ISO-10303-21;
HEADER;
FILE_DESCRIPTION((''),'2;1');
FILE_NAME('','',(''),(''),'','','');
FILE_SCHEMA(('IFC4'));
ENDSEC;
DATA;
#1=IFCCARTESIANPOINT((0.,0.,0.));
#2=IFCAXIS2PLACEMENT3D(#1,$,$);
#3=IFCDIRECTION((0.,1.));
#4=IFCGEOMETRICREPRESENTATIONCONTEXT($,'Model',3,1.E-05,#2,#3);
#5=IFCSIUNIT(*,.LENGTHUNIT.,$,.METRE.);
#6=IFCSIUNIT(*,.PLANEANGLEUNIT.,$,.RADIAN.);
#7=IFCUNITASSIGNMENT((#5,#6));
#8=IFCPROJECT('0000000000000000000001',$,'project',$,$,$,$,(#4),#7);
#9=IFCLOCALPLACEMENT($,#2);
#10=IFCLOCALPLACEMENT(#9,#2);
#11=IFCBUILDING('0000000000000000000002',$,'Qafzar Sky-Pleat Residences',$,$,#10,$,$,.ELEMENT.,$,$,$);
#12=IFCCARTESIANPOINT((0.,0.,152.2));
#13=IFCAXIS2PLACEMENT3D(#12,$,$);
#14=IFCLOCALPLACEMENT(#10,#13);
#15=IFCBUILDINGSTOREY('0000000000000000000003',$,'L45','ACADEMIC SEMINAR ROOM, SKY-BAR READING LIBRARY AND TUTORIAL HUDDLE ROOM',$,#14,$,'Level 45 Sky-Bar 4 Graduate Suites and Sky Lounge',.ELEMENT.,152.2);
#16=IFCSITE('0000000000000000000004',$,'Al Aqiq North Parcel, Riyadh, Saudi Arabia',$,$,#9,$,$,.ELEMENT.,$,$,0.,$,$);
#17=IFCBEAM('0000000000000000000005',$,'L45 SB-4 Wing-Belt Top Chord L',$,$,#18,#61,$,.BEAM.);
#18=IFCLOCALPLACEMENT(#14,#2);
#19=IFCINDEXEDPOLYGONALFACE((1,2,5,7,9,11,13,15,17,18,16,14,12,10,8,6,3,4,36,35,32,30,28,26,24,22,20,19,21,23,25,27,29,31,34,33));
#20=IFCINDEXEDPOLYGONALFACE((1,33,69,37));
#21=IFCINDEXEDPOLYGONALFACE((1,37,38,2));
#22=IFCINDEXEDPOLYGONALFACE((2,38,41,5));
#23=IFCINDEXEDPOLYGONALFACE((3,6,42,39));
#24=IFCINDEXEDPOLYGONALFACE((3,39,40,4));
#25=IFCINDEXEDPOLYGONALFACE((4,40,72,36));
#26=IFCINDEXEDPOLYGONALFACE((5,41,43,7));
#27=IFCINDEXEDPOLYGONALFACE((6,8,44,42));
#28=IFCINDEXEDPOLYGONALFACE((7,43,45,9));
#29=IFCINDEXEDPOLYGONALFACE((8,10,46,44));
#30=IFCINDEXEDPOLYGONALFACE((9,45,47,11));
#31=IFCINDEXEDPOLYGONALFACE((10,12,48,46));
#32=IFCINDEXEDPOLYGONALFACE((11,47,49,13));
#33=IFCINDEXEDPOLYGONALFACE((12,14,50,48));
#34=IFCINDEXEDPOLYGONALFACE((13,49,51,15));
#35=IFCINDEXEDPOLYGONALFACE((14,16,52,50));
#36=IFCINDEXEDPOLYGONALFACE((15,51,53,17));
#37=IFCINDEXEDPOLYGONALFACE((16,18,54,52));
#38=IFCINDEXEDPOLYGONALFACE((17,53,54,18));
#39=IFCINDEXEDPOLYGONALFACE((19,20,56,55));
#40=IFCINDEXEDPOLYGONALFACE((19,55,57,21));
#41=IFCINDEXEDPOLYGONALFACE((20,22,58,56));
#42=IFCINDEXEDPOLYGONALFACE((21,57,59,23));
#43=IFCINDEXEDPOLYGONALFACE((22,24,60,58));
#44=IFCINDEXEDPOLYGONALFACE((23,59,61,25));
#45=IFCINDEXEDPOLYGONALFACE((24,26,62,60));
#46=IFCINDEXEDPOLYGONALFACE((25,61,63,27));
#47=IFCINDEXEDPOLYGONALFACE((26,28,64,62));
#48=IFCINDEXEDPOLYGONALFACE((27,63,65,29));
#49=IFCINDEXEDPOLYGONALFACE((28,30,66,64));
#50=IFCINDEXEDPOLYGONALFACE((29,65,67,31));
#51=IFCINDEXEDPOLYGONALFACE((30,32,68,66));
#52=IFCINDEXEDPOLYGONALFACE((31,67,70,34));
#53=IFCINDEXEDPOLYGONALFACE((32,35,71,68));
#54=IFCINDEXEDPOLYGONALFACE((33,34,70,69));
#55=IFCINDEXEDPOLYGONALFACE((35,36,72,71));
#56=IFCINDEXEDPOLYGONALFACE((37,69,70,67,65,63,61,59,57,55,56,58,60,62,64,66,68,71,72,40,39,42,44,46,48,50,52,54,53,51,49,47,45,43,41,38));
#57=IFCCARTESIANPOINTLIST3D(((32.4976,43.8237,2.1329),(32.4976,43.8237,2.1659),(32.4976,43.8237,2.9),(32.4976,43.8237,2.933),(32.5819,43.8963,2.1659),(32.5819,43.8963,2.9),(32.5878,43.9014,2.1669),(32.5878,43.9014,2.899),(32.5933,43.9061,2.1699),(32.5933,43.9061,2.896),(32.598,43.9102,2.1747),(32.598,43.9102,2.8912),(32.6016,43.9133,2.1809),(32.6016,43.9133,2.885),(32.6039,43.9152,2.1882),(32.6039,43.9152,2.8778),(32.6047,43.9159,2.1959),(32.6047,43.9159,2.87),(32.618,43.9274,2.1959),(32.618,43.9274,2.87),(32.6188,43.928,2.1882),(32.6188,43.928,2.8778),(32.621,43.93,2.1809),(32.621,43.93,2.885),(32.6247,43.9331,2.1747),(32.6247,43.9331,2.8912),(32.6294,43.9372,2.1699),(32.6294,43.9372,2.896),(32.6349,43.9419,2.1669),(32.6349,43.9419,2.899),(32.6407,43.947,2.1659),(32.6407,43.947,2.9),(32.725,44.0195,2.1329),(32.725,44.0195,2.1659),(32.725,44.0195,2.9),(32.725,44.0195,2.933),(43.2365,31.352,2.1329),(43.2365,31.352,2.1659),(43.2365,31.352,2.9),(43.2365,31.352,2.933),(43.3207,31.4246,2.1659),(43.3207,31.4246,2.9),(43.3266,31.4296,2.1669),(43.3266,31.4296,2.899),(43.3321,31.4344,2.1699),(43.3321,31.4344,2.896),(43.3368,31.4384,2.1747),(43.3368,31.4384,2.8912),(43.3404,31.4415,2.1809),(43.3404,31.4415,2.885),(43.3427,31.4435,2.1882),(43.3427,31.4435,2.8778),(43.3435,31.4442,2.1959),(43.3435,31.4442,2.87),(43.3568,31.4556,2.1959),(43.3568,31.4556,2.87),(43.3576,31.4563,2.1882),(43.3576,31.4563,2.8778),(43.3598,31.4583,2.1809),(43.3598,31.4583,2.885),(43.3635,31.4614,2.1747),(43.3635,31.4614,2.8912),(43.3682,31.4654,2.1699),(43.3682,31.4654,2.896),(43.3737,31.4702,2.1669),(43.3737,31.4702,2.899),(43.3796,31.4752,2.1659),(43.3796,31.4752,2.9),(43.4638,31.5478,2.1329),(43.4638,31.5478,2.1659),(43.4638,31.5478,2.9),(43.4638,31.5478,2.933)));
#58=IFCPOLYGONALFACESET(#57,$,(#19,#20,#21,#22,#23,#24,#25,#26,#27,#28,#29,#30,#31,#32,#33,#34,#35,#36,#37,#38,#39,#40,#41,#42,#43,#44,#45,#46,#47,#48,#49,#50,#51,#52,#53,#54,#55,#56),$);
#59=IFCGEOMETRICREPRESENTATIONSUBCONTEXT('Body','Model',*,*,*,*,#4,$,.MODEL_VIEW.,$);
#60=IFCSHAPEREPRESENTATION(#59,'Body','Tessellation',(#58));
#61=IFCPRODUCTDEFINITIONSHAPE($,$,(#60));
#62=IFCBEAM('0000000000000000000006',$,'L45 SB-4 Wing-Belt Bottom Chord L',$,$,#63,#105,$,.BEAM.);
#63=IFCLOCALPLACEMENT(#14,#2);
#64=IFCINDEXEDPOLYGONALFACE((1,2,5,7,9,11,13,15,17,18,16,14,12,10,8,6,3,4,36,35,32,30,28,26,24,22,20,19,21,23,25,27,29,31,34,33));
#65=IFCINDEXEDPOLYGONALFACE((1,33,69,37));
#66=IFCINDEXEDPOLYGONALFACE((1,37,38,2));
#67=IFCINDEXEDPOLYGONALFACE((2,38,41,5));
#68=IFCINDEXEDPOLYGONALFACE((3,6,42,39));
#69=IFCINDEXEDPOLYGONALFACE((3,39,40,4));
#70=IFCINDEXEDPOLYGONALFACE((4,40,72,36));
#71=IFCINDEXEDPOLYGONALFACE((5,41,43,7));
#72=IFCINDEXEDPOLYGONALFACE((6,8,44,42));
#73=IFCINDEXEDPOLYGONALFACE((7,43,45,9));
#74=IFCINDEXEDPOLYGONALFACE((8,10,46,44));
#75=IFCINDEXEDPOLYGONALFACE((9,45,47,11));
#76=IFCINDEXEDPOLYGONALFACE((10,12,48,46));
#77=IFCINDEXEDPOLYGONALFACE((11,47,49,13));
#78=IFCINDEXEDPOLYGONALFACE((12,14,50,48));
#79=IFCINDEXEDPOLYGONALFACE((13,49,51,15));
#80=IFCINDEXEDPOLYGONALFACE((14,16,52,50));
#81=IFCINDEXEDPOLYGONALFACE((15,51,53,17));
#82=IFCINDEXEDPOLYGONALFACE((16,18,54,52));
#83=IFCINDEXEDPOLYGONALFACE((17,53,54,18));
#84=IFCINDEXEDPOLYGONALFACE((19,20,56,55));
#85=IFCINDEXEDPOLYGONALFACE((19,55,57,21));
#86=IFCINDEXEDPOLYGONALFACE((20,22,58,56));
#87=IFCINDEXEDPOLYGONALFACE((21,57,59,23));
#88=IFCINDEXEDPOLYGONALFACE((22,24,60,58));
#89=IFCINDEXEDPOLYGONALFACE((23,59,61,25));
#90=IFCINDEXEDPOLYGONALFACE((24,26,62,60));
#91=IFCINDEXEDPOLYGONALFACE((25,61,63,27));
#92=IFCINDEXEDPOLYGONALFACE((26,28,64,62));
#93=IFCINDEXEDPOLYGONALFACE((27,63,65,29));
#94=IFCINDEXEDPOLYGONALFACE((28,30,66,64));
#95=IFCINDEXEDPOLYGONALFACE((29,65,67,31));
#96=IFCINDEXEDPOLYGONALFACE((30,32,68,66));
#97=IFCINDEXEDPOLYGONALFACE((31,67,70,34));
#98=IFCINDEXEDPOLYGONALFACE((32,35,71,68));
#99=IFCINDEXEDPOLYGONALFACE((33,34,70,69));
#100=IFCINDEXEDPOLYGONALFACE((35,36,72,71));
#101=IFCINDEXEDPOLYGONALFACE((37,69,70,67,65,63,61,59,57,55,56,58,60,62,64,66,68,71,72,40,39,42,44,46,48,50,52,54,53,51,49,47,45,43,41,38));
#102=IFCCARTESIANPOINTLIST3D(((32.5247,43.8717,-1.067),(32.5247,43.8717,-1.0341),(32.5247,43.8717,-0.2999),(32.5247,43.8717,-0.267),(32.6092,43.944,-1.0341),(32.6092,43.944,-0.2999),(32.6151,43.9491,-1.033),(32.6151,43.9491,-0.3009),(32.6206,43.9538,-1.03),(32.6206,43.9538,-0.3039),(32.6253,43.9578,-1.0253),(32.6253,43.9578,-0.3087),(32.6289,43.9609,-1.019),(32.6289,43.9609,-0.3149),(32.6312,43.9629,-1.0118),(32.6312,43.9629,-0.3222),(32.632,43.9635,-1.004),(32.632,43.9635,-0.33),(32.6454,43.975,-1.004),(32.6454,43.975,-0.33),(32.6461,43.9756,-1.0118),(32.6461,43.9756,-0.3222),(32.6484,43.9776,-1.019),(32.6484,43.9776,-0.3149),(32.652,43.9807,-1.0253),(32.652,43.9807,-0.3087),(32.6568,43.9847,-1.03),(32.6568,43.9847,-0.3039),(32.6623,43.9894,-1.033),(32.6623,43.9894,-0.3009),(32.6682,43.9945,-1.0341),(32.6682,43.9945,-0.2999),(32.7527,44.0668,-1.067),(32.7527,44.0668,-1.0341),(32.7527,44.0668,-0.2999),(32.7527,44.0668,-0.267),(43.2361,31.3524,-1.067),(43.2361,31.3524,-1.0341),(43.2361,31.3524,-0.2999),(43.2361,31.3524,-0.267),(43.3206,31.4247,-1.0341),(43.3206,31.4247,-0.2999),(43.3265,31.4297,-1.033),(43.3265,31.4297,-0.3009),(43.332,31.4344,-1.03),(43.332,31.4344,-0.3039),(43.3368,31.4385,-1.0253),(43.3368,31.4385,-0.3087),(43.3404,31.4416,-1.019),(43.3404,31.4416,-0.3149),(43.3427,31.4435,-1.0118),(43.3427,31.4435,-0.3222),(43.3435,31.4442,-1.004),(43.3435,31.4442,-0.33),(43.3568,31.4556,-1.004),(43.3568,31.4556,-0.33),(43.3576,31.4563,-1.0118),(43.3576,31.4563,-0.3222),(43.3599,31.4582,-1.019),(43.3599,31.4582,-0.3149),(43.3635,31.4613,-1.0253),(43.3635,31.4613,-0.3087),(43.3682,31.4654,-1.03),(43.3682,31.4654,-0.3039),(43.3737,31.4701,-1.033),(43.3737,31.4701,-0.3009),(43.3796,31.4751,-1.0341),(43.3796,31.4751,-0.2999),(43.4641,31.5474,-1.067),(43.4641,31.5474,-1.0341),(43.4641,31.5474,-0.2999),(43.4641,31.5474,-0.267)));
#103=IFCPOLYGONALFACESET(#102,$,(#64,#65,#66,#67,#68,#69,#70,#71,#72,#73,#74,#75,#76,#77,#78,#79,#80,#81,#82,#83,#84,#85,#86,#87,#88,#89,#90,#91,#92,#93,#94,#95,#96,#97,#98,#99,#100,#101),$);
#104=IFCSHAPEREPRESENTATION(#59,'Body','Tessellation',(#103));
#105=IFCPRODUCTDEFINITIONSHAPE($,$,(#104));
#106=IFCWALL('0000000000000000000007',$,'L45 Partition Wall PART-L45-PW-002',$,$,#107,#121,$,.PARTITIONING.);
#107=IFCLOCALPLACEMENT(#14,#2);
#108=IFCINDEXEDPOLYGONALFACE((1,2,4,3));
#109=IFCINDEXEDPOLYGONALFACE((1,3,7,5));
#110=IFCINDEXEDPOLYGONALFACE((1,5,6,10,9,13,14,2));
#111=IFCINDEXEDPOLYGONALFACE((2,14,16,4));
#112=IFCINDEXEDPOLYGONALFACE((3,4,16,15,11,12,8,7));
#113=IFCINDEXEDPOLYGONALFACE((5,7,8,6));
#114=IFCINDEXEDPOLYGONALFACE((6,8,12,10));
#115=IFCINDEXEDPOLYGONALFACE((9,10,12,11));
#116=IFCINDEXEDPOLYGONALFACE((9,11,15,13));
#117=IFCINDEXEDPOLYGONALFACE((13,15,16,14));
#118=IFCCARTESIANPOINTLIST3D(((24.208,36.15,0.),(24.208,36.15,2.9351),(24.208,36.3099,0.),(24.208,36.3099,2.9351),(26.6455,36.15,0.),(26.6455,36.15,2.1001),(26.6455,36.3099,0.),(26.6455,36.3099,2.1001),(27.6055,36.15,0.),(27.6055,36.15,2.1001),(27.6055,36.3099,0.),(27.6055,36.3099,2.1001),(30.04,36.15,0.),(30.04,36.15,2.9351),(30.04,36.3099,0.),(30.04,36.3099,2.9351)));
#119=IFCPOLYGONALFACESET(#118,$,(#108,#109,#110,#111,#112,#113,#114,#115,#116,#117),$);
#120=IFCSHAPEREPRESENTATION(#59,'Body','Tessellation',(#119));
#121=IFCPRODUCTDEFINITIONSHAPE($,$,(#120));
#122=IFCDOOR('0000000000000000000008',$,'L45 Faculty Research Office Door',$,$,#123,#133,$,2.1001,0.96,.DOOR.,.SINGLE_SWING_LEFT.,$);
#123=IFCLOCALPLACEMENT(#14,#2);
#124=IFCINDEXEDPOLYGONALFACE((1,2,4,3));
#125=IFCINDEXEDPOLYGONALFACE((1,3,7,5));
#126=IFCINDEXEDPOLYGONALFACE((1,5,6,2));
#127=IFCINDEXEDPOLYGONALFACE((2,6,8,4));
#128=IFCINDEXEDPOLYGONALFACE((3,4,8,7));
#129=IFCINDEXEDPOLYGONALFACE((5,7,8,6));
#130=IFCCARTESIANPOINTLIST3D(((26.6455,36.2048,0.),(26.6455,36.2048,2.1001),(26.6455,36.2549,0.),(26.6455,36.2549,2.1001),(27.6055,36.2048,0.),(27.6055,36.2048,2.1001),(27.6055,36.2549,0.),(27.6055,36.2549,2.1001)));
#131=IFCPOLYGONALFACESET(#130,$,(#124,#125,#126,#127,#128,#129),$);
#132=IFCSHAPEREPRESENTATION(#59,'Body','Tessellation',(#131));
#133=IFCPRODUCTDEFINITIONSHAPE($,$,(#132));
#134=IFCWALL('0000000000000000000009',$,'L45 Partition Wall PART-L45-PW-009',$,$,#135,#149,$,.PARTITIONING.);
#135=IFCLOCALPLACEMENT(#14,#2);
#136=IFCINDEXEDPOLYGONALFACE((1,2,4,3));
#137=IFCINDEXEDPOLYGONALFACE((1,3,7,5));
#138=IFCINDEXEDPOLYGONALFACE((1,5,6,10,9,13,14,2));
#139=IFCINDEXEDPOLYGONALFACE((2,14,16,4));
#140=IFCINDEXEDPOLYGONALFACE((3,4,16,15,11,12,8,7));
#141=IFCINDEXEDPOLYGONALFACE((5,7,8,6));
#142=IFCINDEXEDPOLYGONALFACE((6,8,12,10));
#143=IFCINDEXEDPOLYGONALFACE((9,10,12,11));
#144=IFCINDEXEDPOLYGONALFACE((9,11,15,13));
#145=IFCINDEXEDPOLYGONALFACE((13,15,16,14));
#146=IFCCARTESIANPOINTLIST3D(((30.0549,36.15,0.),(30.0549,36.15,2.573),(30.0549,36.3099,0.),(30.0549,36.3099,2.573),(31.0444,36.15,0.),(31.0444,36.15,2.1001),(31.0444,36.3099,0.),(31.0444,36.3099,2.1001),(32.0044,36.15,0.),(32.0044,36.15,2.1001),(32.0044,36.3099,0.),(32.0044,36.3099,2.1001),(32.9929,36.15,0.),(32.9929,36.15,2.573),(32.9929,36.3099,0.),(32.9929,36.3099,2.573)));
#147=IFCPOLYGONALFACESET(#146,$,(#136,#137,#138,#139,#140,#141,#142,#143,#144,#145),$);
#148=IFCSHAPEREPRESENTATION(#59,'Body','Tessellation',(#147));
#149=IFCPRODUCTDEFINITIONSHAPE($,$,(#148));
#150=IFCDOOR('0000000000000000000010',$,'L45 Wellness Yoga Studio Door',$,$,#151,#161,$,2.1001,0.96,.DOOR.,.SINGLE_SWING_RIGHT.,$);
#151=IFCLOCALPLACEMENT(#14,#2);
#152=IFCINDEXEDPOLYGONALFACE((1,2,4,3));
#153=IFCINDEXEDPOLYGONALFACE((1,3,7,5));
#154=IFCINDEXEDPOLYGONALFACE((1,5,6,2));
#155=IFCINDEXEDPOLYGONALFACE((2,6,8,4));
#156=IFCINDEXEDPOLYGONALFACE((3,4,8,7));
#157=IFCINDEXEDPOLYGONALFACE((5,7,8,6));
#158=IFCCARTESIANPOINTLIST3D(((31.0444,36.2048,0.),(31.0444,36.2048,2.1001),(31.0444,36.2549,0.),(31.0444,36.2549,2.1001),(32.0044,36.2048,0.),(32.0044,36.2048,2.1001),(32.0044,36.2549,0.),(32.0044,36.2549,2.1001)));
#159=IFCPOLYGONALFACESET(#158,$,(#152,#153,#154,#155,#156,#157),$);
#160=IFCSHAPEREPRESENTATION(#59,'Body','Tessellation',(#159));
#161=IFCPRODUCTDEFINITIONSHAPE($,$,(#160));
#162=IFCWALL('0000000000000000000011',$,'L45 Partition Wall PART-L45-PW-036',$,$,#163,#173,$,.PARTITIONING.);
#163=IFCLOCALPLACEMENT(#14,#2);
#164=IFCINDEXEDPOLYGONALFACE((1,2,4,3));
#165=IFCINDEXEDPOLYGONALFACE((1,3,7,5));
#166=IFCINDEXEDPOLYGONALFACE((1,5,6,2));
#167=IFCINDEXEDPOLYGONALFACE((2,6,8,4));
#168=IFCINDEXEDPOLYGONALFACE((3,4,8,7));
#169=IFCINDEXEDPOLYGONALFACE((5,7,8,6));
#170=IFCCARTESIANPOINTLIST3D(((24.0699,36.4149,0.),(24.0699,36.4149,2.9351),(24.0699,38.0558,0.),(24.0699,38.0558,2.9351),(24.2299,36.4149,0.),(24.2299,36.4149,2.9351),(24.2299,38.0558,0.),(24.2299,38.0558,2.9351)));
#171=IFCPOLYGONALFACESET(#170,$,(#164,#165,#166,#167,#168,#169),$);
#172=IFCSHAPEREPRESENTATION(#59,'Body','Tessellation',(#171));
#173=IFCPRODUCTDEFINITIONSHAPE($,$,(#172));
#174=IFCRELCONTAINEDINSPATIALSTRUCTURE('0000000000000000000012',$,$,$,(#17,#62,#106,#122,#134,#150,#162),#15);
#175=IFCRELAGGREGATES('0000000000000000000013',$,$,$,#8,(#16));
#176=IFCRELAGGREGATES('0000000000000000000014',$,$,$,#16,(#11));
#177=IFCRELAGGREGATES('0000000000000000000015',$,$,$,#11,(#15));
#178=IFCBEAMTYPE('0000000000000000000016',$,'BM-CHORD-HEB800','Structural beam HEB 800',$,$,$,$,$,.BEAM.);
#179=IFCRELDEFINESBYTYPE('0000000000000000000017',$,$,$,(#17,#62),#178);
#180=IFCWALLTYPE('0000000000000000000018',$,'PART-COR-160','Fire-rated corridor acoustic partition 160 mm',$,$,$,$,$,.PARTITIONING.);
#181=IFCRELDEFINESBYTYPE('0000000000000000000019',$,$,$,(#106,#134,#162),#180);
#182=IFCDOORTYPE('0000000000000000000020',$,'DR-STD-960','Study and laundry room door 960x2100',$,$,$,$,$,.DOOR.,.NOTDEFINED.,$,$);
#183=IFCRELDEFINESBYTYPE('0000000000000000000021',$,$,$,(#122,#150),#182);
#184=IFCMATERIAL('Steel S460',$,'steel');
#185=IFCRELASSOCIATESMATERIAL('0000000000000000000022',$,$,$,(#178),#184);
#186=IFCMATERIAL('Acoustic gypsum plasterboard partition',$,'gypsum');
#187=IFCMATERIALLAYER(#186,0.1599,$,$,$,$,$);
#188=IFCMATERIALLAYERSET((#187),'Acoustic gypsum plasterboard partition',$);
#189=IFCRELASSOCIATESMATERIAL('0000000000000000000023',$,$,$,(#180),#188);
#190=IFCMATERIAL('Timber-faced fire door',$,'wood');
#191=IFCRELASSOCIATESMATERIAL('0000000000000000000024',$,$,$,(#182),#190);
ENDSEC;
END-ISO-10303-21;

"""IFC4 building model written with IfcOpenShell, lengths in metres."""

from ifc_helpers import new_model, si_unit, direction, frame, frame_2d, origin, origin_2d, place, context, subcontext, project, spatial, rectangle, i_section, extrude, source, transform, mapped, material, layer, layer_set, material_profile, profile_set, type_object, element, fill, save


model = new_model("IFC4")

# Units and contexts
model_context = context("Model", 3, precision=1e-05, world=origin(), true_north=direction((0.0, 1.0)))
body_context = subcontext(model_context, "Body", "Model", "MODEL_VIEW")
ifc_project = project(units=[si_unit("LENGTHUNIT", "METRE"), si_unit("PLANEANGLEUNIT", "RADIAN")], contexts=[model_context])

# Site, building, storey
site_placement = place(None, origin())
site = spatial("IfcSite", under=ifc_project, at=site_placement, Name="Al Aqiq North Parcel, Riyadh, Saudi Arabia", CompositionType="ELEMENT", RefElevation=0.0)
building_placement = place(site_placement, origin())
building = spatial("IfcBuilding", under=site, at=building_placement, Name="Qafzar Sky-Pleat Residences", CompositionType="ELEMENT")
storey_placement = place(building_placement, frame((0.0, 0.0, 152.2)))
storey = spatial("IfcBuildingStorey", under=building, at=storey_placement, Name="L45", Description="ACADEMIC SEMINAR ROOM, SKY-BAR READING LIBRARY AND TUTORIAL HUDDLE ROOM", LongName="Level 45 Sky-Bar 4 Graduate Suites and Sky Lounge", CompositionType="ELEMENT", Elevation=152.2)

# Beams
ifc_material_1 = material(Name="Steel S460", Category="steel")
ifc_material_profile_1 = material_profile(ifc_material_1, i_section(OverallWidth=0.3, OverallDepth=0.8, WebThickness=0.0176, FlangeThickness=0.033, FilletRadius=0.03, at=origin_2d()), Name="HEB 800")
ifc_profile_set_1 = profile_set([ifc_material_profile_1], Name="Steel S460")
beam_type_1 = type_object("IfcBeamType", Name="BM-CHORD-HEB800", Description="Structural beam HEB 800", PredefinedType="BEAM", material=ifc_profile_set_1)
shared_shape_1 = source(origin(), body_context, "Body", "SweptSolid", [
    extrude(i_section(OverallWidth=0.3, OverallDepth=0.8, WebThickness=0.0176, FlangeThickness=0.033, FilletRadius=0.03, at=origin_2d()), origin(), (0.0, 0.0, 1.0), 16.458),
])
beam_1_placement = place(storey_placement, frame((32.6113, 43.9216, 2.533), z_axis=(0.652498, -0.757791, 0.0), x_axis=(0.757791, 0.652498, 0.0)))
element("IfcBeam", 1, at=beam_1_placement, inside=storey, type_object=beam_type_1, Name="L45 SB-4 Wing-Belt Top Chord L", PredefinedType="BEAM", context=body_context, shape_type="MappedRepresentation", body=[
    mapped(shared_shape_1, transform((0.0, 0.0, 0.0), x_axis=(1.0, 0.0, 0.0), y_axis=(0.0, 1.0, 0.0), z_axis=(0.0, 0.0, 1.0), scale=1.0)),
])
shared_shape_2 = source(origin(), body_context, "Body", "SweptSolid", [
    extrude(i_section(OverallWidth=0.3, OverallDepth=0.8, WebThickness=0.0176, FlangeThickness=0.033, FilletRadius=0.03, at=origin_2d()), origin(), (0.0, 0.0, 1.0), 16.4763),
])
beam_2_placement = place(storey_placement, frame((32.6387, 43.9692, -0.667), z_axis=(0.650113, -0.759838, 0.0), x_axis=(0.759838, 0.650113, 0.0)))
element("IfcBeam", 2, at=beam_2_placement, inside=storey, type_object=beam_type_1, Name="L45 SB-4 Wing-Belt Bottom Chord L", PredefinedType="BEAM", context=body_context, shape_type="MappedRepresentation", body=[
    mapped(shared_shape_2, transform((0.0, 0.0, 0.0), x_axis=(1.0, 0.0, 0.0), y_axis=(0.0, 1.0, 0.0), z_axis=(0.0, 0.0, 1.0), scale=1.0)),
])

# Walls, openings, doors
ifc_material_2 = material(Name="Acoustic gypsum plasterboard partition", Category="gypsum")
ifc_layer_1 = layer(ifc_material_2, 0.1599)
ifc_layer_set_1 = layer_set([ifc_layer_1], Name="Acoustic gypsum plasterboard partition")
wall_type_1 = type_object("IfcWallType", Name="PART-COR-160", Description="Fire-rated corridor acoustic partition 160 mm", PredefinedType="PARTITIONING", material=ifc_layer_set_1)
wall_1_placement = place(storey_placement, frame((24.208, 36.23, 0.0), z_axis=(0.0, 0.0, 1.0), x_axis=(1.0, 0.0, 0.0)))
wall_1 = element("IfcWall", 3, at=wall_1_placement, inside=storey, type_object=wall_type_1, Name="L45 Partition Wall PART-L45-PW-002", PredefinedType="PARTITIONING", context=body_context, shape_type="SweptSolid", body=[
    extrude(rectangle(XDim=5.832, YDim=0.1599, at=frame_2d((2.916, 0.0))), origin(), (0.0, 0.0, 1.0), 2.9351),
])
opening_1_placement = place(wall_1_placement, frame((2.4375, 0.0, 0.0)))
opening_1 = element("IfcOpeningElement", 4, at=opening_1_placement, cuts=wall_1, PredefinedType="OPENING", context=body_context, shape_type="SweptSolid", body=[
    extrude(rectangle(XDim=0.96, YDim=2.1001, at=frame_2d((0.48, 1.05))), frame((0.0, 0.0898, 0.0), z_axis=(0.0, -1.0, 0.0), x_axis=(1.0, 0.0, 0.0)), (0.0, 0.0, 1.0), 0.1799),
])
ifc_material_3 = material(Name="Timber-faced fire door", Category="wood")
door_type_1 = type_object("IfcDoorType", Name="DR-STD-960", Description="Study and laundry room door 960x2100", OperationType="NOTDEFINED", PredefinedType="DOOR", material=ifc_material_3)
shared_shape_3 = source(origin(), body_context, "Body", "SweptSolid", [
    extrude(rectangle(XDim=0.96, YDim=2.1001, at=frame_2d((0.48, 1.05))), frame((0.0, 0.0249, 0.0), z_axis=(0.0, -1.0, 0.0), x_axis=(1.0, 0.0, 0.0)), (0.0, 0.0, 1.0), 0.05),
])
door_1_placement = place(opening_1_placement, origin())
door_1 = element("IfcDoor", 5, at=door_1_placement, inside=storey, type_object=door_type_1, Name="L45 Faculty Research Office Door", OperationType="SINGLE_SWING_LEFT", OverallHeight=2.1001, OverallWidth=0.96, PredefinedType="DOOR", context=body_context, shape_type="MappedRepresentation", body=[
    mapped(shared_shape_3, transform((0.0, 0.0, 0.0), x_axis=(1.0, 0.0, 0.0), y_axis=(0.0, 1.0, 0.0), z_axis=(0.0, 0.0, 1.0), scale=1.0)),
])
fill(opening_1, door_1)
wall_2_placement = place(storey_placement, frame((30.0549, 36.23, 0.0), z_axis=(0.0, 0.0, 1.0), x_axis=(1.0, 0.0, 0.0)))
wall_2 = element("IfcWall", 6, at=wall_2_placement, inside=storey, type_object=wall_type_1, Name="L45 Partition Wall PART-L45-PW-009", PredefinedType="PARTITIONING", context=body_context, shape_type="SweptSolid", body=[
    extrude(rectangle(XDim=2.938, YDim=0.1599, at=frame_2d((1.469, 0.0))), origin(), (0.0, 0.0, 1.0), 2.573),
])
opening_2_placement = place(wall_2_placement, frame((0.9895, 0.0, 0.0)))
opening_2 = element("IfcOpeningElement", 7, at=opening_2_placement, cuts=wall_2, PredefinedType="OPENING", context=body_context, shape_type="SweptSolid", body=[
    extrude(rectangle(XDim=0.96, YDim=2.1001, at=frame_2d((0.48, 1.05))), frame((0.0, 0.0898, 0.0), z_axis=(0.0, -1.0, 0.0), x_axis=(1.0, 0.0, 0.0)), (0.0, 0.0, 1.0), 0.1799),
])
door_2_placement = place(opening_2_placement, origin())
door_2 = element("IfcDoor", 8, at=door_2_placement, inside=storey, type_object=door_type_1, Name="L45 Wellness Yoga Studio Door", OperationType="SINGLE_SWING_RIGHT", OverallHeight=2.1001, OverallWidth=0.96, PredefinedType="DOOR", context=body_context, shape_type="MappedRepresentation", body=[
    mapped(shared_shape_3, transform((0.0, 0.0, 0.0), x_axis=(1.0, 0.0, 0.0), y_axis=(0.0, 1.0, 0.0), z_axis=(0.0, 0.0, 1.0), scale=1.0)),
])
fill(opening_2, door_2)

# Wall
wall_3_placement = place(storey_placement, frame((24.1499, 36.415, 0.0), z_axis=(0.0, 0.0, 1.0), x_axis=(0.0, 1.0, 0.0)))
element("IfcWall", 9, at=wall_3_placement, inside=storey, type_object=wall_type_1, Name="L45 Partition Wall PART-L45-PW-036", PredefinedType="PARTITIONING", context=body_context, shape_type="SweptSolid", body=[
    extrude(rectangle(XDim=1.6409, YDim=0.1599, at=frame_2d((0.8203, 0.0))), origin(), (0.0, 0.0, 1.0), 2.9351),
])

save(model, "model.ifc")
